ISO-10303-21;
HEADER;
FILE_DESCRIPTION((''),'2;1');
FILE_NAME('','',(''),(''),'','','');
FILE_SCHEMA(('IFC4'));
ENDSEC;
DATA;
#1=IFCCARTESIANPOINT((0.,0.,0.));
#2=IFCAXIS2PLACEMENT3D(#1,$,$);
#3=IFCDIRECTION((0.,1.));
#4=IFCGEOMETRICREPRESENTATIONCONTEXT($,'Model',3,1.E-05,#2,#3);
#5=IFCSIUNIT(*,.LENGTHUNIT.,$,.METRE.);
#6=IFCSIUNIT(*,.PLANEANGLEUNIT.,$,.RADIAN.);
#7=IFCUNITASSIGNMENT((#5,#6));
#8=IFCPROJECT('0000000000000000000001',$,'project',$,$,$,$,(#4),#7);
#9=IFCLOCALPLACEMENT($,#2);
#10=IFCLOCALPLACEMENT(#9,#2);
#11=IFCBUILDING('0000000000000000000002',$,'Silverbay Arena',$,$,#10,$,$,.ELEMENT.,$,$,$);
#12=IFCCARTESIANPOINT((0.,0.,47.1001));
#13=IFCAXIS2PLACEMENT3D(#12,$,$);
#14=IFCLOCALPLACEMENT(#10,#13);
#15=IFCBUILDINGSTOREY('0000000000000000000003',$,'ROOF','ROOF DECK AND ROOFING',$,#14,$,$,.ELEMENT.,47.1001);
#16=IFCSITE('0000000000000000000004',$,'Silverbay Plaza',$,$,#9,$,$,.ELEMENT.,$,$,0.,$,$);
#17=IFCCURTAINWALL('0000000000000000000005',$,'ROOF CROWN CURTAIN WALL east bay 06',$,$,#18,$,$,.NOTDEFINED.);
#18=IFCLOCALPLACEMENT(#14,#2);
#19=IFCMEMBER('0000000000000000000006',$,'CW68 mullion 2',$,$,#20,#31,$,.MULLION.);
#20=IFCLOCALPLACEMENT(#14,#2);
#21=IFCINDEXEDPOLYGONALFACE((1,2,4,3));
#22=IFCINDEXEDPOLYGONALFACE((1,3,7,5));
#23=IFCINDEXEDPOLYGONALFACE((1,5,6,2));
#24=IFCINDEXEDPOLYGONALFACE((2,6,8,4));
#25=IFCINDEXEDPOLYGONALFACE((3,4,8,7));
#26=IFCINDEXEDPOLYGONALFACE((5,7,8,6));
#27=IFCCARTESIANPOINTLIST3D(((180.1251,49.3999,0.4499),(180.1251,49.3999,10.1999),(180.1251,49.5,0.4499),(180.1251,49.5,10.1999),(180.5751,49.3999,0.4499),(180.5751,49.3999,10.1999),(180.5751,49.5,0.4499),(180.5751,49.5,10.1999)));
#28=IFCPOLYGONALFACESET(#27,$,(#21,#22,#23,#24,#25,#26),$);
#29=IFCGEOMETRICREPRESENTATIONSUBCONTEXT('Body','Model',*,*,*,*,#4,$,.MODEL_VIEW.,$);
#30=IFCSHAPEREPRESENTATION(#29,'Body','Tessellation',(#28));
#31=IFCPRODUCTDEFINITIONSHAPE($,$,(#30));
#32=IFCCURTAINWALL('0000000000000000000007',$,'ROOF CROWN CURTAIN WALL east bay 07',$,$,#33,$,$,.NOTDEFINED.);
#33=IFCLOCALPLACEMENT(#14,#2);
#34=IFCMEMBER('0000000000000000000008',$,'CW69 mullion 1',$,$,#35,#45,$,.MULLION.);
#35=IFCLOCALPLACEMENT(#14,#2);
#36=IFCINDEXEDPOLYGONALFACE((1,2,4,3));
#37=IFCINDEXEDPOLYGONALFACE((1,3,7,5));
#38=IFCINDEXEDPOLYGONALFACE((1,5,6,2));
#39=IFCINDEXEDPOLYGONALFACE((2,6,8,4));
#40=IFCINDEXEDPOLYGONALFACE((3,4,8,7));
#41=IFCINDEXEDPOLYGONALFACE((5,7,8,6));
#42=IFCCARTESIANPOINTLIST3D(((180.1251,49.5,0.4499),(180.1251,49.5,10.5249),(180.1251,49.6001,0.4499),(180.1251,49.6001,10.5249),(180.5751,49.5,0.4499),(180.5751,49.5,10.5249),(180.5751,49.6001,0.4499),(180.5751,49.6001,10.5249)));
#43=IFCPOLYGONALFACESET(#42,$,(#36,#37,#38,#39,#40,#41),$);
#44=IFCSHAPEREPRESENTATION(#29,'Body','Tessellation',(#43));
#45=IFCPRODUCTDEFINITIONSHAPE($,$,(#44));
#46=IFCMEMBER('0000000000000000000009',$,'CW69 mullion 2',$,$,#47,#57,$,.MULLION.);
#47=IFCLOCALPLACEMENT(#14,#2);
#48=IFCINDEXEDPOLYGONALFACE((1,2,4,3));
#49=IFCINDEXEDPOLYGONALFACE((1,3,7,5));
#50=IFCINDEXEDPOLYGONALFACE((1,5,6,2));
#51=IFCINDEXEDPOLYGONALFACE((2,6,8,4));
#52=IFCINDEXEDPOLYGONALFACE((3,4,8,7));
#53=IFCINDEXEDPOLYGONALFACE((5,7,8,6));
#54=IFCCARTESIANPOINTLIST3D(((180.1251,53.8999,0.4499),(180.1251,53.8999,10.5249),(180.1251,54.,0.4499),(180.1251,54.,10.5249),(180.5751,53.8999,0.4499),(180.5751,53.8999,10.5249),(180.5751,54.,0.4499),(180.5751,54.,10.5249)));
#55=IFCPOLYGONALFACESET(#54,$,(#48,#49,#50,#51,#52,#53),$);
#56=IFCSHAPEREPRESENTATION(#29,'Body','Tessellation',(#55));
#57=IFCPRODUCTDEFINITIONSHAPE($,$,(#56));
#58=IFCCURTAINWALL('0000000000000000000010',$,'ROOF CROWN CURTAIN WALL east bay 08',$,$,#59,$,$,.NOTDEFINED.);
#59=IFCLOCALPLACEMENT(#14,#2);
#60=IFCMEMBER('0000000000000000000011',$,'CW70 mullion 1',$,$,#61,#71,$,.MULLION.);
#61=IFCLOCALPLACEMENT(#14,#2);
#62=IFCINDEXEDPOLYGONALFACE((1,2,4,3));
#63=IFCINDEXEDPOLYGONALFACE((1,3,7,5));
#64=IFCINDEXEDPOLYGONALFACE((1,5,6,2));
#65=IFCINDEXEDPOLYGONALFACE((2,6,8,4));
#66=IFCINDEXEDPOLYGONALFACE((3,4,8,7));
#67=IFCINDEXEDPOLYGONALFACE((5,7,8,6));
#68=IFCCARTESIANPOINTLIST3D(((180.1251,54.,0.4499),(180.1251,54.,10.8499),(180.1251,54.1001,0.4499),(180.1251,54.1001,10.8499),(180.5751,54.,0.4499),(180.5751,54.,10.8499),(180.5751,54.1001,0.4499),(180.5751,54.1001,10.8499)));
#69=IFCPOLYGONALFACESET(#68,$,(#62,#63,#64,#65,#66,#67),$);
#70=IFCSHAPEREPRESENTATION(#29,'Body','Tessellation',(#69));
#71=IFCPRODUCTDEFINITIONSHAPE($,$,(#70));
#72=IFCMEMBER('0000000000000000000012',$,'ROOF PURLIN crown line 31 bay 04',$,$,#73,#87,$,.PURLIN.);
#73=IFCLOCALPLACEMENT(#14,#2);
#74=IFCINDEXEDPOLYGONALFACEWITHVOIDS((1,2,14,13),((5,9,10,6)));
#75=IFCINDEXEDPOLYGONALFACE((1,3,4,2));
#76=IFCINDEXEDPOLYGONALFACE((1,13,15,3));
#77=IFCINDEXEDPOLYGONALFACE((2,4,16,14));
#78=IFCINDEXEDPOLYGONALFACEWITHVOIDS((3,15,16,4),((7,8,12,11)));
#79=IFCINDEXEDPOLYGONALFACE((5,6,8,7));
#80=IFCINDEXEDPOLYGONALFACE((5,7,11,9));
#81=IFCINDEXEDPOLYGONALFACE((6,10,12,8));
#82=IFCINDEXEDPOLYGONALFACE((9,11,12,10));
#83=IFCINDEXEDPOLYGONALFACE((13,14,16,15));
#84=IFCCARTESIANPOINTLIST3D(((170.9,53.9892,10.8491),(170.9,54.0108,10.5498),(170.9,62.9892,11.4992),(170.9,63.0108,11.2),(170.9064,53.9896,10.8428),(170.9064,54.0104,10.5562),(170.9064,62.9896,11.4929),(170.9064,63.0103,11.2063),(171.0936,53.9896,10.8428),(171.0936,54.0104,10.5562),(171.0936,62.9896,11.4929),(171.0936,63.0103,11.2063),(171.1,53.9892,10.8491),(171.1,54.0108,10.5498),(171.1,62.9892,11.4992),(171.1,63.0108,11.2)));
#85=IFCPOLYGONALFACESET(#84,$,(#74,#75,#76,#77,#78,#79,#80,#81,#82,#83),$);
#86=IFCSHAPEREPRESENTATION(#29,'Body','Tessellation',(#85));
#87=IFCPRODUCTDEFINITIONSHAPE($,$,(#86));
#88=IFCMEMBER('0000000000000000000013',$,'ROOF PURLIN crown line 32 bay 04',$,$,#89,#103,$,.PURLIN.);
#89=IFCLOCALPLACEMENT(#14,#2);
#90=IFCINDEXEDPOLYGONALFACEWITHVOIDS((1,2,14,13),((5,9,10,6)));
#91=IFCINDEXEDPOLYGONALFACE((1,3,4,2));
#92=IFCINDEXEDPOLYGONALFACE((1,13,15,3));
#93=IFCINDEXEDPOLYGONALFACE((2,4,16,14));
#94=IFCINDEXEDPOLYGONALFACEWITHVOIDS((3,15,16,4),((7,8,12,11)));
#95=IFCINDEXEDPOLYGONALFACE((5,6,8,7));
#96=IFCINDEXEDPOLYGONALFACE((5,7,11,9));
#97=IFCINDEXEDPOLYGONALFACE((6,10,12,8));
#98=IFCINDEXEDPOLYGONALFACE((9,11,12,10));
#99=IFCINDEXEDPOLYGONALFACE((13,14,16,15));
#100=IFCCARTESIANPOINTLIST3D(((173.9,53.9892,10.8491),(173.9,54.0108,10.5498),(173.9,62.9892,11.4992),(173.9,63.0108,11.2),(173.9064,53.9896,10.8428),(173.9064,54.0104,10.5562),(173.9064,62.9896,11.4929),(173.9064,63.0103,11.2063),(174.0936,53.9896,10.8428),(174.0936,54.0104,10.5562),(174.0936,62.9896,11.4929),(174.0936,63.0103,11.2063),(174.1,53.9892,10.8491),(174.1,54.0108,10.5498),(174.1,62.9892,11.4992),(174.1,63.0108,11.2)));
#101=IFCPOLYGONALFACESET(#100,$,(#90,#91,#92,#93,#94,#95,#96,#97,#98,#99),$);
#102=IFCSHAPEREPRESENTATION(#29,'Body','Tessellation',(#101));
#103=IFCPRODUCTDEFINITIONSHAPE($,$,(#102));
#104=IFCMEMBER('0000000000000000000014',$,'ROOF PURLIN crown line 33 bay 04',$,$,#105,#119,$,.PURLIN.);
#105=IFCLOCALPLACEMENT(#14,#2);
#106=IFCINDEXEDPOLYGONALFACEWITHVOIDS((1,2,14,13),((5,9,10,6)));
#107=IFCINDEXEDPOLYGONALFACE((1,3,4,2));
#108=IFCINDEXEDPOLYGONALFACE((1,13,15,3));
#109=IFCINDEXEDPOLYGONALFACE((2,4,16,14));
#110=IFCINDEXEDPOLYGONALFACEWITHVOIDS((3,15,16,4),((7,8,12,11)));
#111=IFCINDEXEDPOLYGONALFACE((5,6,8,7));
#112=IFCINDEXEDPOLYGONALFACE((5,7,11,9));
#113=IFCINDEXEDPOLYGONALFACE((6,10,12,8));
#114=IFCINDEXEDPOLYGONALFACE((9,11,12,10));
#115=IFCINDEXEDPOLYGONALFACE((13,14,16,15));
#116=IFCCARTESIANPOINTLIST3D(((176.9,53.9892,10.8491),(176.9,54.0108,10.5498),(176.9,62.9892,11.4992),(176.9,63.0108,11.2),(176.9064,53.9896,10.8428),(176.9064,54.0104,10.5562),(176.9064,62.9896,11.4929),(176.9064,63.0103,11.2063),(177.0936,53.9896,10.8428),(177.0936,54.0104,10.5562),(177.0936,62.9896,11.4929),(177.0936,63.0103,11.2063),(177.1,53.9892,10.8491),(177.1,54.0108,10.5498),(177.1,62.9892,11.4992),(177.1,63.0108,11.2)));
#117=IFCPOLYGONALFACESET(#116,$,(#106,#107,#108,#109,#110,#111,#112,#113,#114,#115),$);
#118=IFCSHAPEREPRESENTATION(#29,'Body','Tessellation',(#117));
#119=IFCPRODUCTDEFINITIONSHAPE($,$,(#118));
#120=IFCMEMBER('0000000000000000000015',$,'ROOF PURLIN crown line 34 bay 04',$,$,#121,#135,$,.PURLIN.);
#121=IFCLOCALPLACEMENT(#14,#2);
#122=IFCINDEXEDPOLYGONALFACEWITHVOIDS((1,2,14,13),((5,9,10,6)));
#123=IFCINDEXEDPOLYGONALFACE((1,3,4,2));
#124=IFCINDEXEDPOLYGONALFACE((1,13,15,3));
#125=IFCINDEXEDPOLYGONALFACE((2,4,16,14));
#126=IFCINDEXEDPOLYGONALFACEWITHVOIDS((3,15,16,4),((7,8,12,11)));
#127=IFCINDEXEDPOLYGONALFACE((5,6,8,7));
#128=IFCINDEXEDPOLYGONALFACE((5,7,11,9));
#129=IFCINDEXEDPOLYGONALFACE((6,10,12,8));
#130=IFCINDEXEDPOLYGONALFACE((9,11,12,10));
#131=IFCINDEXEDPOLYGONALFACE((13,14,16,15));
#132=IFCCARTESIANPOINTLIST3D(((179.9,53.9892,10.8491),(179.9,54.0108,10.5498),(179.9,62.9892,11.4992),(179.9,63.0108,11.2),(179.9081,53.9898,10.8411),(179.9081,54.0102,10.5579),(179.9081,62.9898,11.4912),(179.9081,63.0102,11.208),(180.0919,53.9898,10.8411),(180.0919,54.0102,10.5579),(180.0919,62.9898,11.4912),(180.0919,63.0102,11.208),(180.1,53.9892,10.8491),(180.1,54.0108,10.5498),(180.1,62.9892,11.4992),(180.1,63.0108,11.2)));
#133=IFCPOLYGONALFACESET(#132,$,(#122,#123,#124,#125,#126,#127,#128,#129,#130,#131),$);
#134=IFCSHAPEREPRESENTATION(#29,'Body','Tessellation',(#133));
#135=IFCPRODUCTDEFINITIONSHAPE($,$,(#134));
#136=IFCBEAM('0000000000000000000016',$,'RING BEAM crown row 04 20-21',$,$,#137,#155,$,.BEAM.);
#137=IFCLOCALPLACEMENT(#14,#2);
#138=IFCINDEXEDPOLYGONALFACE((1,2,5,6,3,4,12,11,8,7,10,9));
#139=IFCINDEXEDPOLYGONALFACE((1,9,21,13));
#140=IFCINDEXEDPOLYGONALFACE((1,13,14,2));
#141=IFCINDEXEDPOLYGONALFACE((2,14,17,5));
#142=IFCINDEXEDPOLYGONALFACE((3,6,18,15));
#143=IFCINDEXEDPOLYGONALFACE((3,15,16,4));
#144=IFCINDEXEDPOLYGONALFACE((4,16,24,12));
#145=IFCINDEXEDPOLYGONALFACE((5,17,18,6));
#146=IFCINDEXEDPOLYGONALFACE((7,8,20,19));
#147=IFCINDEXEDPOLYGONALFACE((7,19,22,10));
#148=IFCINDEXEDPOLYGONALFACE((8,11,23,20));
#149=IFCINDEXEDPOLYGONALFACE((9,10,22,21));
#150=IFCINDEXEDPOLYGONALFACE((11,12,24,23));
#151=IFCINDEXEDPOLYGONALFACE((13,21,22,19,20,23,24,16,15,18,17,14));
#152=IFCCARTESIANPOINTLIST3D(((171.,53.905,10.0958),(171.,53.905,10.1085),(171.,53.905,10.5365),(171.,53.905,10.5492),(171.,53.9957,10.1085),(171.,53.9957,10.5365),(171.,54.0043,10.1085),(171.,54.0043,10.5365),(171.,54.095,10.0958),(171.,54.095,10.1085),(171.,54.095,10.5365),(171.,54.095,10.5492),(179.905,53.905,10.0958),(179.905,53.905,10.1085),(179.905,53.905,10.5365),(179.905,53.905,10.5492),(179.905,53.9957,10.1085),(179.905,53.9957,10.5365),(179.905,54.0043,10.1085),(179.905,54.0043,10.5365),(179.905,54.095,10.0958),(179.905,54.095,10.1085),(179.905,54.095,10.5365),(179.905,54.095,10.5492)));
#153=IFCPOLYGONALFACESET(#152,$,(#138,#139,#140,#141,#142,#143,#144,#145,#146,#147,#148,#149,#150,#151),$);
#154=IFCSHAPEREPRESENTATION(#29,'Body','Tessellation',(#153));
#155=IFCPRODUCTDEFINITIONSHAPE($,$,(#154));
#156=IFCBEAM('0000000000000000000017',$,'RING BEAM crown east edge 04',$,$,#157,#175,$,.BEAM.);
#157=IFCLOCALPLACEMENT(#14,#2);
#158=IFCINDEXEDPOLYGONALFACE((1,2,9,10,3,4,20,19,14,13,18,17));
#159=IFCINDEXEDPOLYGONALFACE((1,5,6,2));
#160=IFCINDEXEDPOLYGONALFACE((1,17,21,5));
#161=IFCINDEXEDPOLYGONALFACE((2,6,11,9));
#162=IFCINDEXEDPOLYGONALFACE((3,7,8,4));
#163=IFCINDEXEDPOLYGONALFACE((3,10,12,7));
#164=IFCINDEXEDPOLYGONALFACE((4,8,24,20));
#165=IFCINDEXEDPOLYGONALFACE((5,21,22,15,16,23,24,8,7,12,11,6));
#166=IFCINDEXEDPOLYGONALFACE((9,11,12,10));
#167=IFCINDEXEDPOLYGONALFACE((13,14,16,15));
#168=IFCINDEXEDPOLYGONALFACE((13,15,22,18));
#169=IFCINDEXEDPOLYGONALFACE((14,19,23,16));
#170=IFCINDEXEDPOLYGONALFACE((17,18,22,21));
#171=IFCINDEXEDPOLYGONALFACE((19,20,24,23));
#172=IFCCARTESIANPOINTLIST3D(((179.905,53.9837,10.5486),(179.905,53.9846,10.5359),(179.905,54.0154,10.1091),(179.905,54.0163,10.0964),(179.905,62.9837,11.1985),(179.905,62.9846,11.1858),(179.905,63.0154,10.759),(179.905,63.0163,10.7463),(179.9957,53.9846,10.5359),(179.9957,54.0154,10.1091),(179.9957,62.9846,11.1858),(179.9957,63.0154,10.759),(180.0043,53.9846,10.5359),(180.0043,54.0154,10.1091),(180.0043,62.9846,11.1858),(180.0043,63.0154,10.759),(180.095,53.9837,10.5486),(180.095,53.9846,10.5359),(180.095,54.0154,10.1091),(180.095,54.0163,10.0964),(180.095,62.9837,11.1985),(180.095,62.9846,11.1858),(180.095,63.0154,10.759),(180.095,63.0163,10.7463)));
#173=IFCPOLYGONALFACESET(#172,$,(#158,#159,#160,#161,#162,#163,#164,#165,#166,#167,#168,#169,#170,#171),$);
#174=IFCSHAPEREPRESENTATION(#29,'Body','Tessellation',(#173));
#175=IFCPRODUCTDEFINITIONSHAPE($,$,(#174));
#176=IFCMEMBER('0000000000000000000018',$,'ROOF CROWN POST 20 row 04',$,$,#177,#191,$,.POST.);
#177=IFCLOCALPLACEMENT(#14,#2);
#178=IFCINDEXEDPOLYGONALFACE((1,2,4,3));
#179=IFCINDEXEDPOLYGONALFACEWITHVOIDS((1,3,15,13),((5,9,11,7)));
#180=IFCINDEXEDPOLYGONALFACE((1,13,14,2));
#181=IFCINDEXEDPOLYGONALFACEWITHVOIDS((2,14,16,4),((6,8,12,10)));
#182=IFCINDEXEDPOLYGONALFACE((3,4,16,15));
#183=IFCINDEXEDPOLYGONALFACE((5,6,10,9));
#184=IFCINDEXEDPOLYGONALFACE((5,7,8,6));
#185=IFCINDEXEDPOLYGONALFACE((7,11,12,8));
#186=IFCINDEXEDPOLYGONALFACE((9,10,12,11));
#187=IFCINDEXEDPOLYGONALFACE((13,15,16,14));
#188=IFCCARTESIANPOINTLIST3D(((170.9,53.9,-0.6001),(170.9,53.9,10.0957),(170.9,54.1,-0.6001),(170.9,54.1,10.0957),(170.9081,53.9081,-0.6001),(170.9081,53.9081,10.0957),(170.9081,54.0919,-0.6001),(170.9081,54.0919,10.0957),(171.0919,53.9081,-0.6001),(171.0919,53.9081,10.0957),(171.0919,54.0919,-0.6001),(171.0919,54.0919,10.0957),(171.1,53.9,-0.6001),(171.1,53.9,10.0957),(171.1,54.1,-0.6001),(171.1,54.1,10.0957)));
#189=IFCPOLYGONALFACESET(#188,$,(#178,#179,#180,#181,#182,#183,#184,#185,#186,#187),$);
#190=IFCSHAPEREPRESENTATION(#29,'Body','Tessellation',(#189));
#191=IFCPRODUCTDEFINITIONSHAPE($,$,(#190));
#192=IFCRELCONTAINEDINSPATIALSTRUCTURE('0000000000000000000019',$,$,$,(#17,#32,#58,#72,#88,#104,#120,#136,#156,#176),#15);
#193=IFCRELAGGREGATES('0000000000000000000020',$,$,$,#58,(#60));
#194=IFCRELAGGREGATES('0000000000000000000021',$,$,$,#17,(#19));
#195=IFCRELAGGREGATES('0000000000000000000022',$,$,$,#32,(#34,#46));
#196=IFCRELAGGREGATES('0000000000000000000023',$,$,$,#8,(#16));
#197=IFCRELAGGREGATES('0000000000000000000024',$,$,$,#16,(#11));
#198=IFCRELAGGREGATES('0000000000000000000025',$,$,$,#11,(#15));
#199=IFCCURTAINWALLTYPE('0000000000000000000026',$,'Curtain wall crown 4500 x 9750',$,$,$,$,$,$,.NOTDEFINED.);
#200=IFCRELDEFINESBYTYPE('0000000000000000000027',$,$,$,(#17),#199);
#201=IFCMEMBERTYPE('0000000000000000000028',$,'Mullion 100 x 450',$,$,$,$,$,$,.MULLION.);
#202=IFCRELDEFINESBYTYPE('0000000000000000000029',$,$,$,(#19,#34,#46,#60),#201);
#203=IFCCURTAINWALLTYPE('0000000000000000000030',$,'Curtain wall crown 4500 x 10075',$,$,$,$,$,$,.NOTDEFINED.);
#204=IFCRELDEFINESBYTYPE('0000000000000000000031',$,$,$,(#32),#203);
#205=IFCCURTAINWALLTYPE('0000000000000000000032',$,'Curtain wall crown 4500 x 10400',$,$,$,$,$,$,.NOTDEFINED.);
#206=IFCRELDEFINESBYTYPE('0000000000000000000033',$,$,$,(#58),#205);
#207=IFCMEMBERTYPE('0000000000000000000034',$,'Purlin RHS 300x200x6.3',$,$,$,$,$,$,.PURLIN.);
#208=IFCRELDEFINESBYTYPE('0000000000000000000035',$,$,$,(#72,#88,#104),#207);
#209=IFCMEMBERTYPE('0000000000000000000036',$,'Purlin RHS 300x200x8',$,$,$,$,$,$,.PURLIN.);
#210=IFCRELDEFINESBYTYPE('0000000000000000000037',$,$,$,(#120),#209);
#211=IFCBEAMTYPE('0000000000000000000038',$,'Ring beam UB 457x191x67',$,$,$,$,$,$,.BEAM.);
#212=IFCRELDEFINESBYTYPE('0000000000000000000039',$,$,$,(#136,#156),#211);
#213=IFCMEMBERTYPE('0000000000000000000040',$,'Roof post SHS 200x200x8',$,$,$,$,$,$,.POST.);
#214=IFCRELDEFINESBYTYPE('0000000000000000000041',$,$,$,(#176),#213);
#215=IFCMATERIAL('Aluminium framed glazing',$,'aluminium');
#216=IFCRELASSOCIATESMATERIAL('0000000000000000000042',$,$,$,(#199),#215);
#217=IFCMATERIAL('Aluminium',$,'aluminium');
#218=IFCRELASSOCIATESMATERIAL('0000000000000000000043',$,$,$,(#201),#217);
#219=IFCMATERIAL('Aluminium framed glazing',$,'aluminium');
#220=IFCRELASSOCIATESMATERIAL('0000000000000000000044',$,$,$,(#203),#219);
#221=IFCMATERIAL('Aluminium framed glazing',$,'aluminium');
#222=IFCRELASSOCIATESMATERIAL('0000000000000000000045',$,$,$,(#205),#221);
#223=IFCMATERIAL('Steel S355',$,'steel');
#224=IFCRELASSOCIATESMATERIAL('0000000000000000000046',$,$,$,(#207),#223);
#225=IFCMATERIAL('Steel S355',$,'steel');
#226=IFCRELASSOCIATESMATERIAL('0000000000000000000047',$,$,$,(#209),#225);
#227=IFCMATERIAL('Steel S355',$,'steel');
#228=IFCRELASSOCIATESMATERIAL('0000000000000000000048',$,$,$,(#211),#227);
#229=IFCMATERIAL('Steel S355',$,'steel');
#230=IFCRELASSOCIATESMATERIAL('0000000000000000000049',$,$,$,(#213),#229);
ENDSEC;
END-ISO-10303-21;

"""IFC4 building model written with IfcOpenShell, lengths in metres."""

from ifc_helpers import new_model, si_unit, direction, frame, origin, origin_2d, place, context, subcontext, project, spatial, rectangle, hollow_rectangle, i_section, extrude, material, material_profile, profile_set, type_object, element, aggregate, save


model = new_model("IFC4")

# Units and contexts
model_context = context("Model", 3, precision=1e-05, world=origin(), true_north=direction((0.0, 1.0)))
body_context = subcontext(model_context, "Body", "Model", "MODEL_VIEW")
ifc_project = project(units=[si_unit("LENGTHUNIT", "METRE"), si_unit("PLANEANGLEUNIT", "RADIAN")], contexts=[model_context])

# Site, building, storey
site_placement = place(None, origin())
site = spatial("IfcSite", under=ifc_project, at=site_placement, Name="Silverbay Plaza", CompositionType="ELEMENT", RefElevation=0.0)
building_placement = place(site_placement, origin())
building = spatial("IfcBuilding", under=site, at=building_placement, Name="Silverbay Arena", CompositionType="ELEMENT")
storey_placement = place(building_placement, frame((0.0, 0.0, 47.1001)))
storey = spatial("IfcBuildingStorey", under=building, at=storey_placement, Name="ROOF", Description="ROOF DECK AND ROOFING", CompositionType="ELEMENT", Elevation=47.1001)

# Curtain wall, member
ifc_material_1 = material(Name="Aluminium framed glazing", Category="aluminium")
curtain_wall_type_1 = type_object("IfcCurtainWallType", Name="Curtain wall crown 4500 x 9750", PredefinedType="NOTDEFINED", material=ifc_material_1)
curtain_wall_1_placement = place(storey_placement, origin())
curtain_wall_1 = element("IfcCurtainWall", 1, at=curtain_wall_1_placement, inside=storey, type_object=curtain_wall_type_1, Name="ROOF CROWN CURTAIN WALL east bay 06", PredefinedType="NOTDEFINED")
ifc_material_2 = material(Name="Aluminium", Category="aluminium")
ifc_material_profile_1 = material_profile(ifc_material_2, rectangle(XDim=0.45, YDim=0.1001, at=origin_2d()), Name="Mullion 100 x 450")
ifc_profile_set_1 = profile_set([ifc_material_profile_1], Name="Aluminium")
member_type_1 = type_object("IfcMemberType", Name="Mullion 100 x 450", PredefinedType="MULLION", material=ifc_profile_set_1)
placement = place(building_placement, frame((0.0, 0.0, 33.5)))
member_1_placement = place(placement, frame((180.3501, 49.45, 14.05), z_axis=(0.0, 0.0, 1.0), x_axis=(-1.0, 0.0, 0.0)))
member_1 = element("IfcMember", 2, at=member_1_placement, type_object=member_type_1, Name="CW68 mullion 2", PredefinedType="MULLION", context=body_context, shape_type="SweptSolid", body=[
    extrude(rectangle(XDim=0.45, YDim=0.1001, at=origin_2d()), origin(), (0.0, 0.0, 1.0), 9.75),
])

# Curtain wall, members
ifc_material_3 = material(Name="Aluminium framed glazing", Category="aluminium")
curtain_wall_type_2 = type_object("IfcCurtainWallType", Name="Curtain wall crown 4500 x 10075", PredefinedType="NOTDEFINED", material=ifc_material_3)
curtain_wall_2_placement = place(storey_placement, origin())
curtain_wall_2 = element("IfcCurtainWall", 3, at=curtain_wall_2_placement, inside=storey, type_object=curtain_wall_type_2, Name="ROOF CROWN CURTAIN WALL east bay 07", PredefinedType="NOTDEFINED")
member_2_placement = place(placement, frame((180.3501, 49.55, 14.05), z_axis=(0.0, 0.0, 1.0), x_axis=(-1.0, 0.0, 0.0)))
member_2 = element("IfcMember", 4, at=member_2_placement, type_object=member_type_1, Name="CW69 mullion 1", PredefinedType="MULLION", context=body_context, shape_type="SweptSolid", body=[
    extrude(rectangle(XDim=0.45, YDim=0.1001, at=origin_2d()), origin(), (0.0, 0.0, 1.0), 10.075),
])
member_3_placement = place(placement, frame((180.3501, 53.95, 14.05), z_axis=(0.0, 0.0, 1.0), x_axis=(-1.0, 0.0, 0.0)))
member_3 = element("IfcMember", 5, at=member_3_placement, type_object=member_type_1, Name="CW69 mullion 2", PredefinedType="MULLION", context=body_context, shape_type="SweptSolid", body=[
    extrude(rectangle(XDim=0.45, YDim=0.1001, at=origin_2d()), origin(), (0.0, 0.0, 1.0), 10.075),
])

# Curtain wall, member
ifc_material_4 = material(Name="Aluminium framed glazing", Category="aluminium")
curtain_wall_type_3 = type_object("IfcCurtainWallType", Name="Curtain wall crown 4500 x 10400", PredefinedType="NOTDEFINED", material=ifc_material_4)
curtain_wall_3_placement = place(storey_placement, origin())
curtain_wall_3 = element("IfcCurtainWall", 6, at=curtain_wall_3_placement, inside=storey, type_object=curtain_wall_type_3, Name="ROOF CROWN CURTAIN WALL east bay 08", PredefinedType="NOTDEFINED")
member_4_placement = place(placement, frame((180.3501, 54.05, 14.05), z_axis=(0.0, 0.0, 1.0), x_axis=(-1.0, 0.0, 0.0)))
member_4 = element("IfcMember", 7, at=member_4_placement, type_object=member_type_1, Name="CW70 mullion 1", PredefinedType="MULLION", context=body_context, shape_type="SweptSolid", body=[
    extrude(rectangle(XDim=0.45, YDim=0.1001, at=origin_2d()), origin(), (0.0, 0.0, 1.0), 10.3999),
])

# Members
ifc_material_5 = material(Name="Steel S355", Category="steel")
ifc_material_profile_2 = material_profile(ifc_material_5, hollow_rectangle(XDim=0.2, YDim=0.3, WallThickness=0.0063, at=origin_2d()), Name="RHS 300x200x6.3")
ifc_profile_set_2 = profile_set([ifc_material_profile_2], Name="Steel S355")
member_type_2 = type_object("IfcMemberType", Name="Purlin RHS 300x200x6.3", PredefinedType="PURLIN", material=ifc_profile_set_2)
for number, where, z_axis, x_axis, name in (
    (8, (171.0, 54.0, 10.6995), (0.0, 0.997401, 0.072051), (-1.0, 0.0, 0.0), "ROOF PURLIN crown line 31 bay 04"),
    (9, (174.0, 54.0, 10.6995), (0.0, 0.997401, 0.072051), (-1.0, 0.0, 0.0), "ROOF PURLIN crown line 32 bay 04"),
    (10, (177.0, 54.0, 10.6995), (0.0, 0.997401, 0.072051), (-1.0, 0.0, 0.0), "ROOF PURLIN crown line 33 bay 04"),
):
    element("IfcMember", number, at=place(storey_placement, frame(where, z_axis=z_axis, x_axis=x_axis)), inside=storey, type_object=member_type_2, Name=name, PredefinedType="PURLIN", context=body_context, shape_type="SweptSolid", body=[
        extrude(hollow_rectangle(XDim=0.2, YDim=0.3, WallThickness=0.0063, at=origin_2d()), origin(), (0.0, 0.0, 1.0), 9.0234),
    ])
ifc_material_6 = material(Name="Steel S355", Category="steel")
ifc_material_profile_3 = material_profile(ifc_material_6, hollow_rectangle(XDim=0.2, YDim=0.3, WallThickness=0.0081, at=origin_2d()), Name="RHS 300x200x8")
ifc_profile_set_3 = profile_set([ifc_material_profile_3], Name="Steel S355")
member_type_3 = type_object("IfcMemberType", Name="Purlin RHS 300x200x8", PredefinedType="PURLIN", material=ifc_profile_set_3)
member_5_placement = place(storey_placement, frame((180.0, 54.0, 10.6995), z_axis=(0.0, 0.997401, 0.072051), x_axis=(-1.0, 0.0, 0.0)))
element("IfcMember", 11, at=member_5_placement, inside=storey, type_object=member_type_3, Name="ROOF PURLIN crown line 34 bay 04", PredefinedType="PURLIN", context=body_context, shape_type="SweptSolid", body=[
    extrude(hollow_rectangle(XDim=0.2, YDim=0.3, WallThickness=0.0081, at=origin_2d()), origin(), (0.0, 0.0, 1.0), 9.0234),
])

# Beams
ifc_material_7 = material(Name="Steel S355", Category="steel")
ifc_material_profile_4 = material_profile(ifc_material_7, i_section(OverallWidth=0.1899, OverallDepth=0.4534, WebThickness=0.0085, FlangeThickness=0.0127, at=origin_2d()), Name="UB 457x191x67")
ifc_profile_set_4 = profile_set([ifc_material_profile_4], Name="Steel S355")
beam_type = type_object("IfcBeamType", Name="Ring beam UB 457x191x67", PredefinedType="BEAM", material=ifc_profile_set_4)
beam_1_placement = place(storey_placement, frame((171.0, 54.0, 10.3225), z_axis=(1.0, 0.0, 0.0), x_axis=(0.0, 1.0, 0.0)))
element("IfcBeam", 12, at=beam_1_placement, inside=storey, type_object=beam_type, Name="RING BEAM crown row 04 20-21", PredefinedType="BEAM", context=body_context, shape_type="SweptSolid", body=[
    extrude(i_section(OverallWidth=0.1899, OverallDepth=0.4534, WebThickness=0.0085, FlangeThickness=0.0127, at=origin_2d()), origin(), (0.0, 0.0, 1.0), 8.905),
])
beam_2_placement = place(storey_placement, frame((180.0, 54.0, 10.3225), z_axis=(0.0, 0.997403, 0.072024), x_axis=(-1.0, 0.0, 0.0)))
element("IfcBeam", 13, at=beam_2_placement, inside=storey, type_object=beam_type, Name="RING BEAM crown east edge 04", PredefinedType="BEAM", context=body_context, shape_type="SweptSolid", body=[
    extrude(i_section(OverallWidth=0.1899, OverallDepth=0.4534, WebThickness=0.0085, FlangeThickness=0.0127, at=origin_2d()), origin(), (0.0, 0.0, 1.0), 9.0234),
])

# Member
ifc_material_8 = material(Name="Steel S355", Category="steel")
ifc_material_profile_5 = material_profile(ifc_material_8, hollow_rectangle(XDim=0.2, YDim=0.2, WallThickness=0.0081, at=origin_2d()), Name="SHS 200x200x8")
ifc_profile_set_5 = profile_set([ifc_material_profile_5], Name="Steel S355")
member_type_4 = type_object("IfcMemberType", Name="Roof post SHS 200x200x8", PredefinedType="POST", material=ifc_profile_set_5)
member_6_placement = place(storey_placement, frame((171.0, 54.0, -0.6001), z_axis=(0.0, 0.0, 1.0), x_axis=(1.0, 0.0, 0.0)))
element("IfcMember", 14, at=member_6_placement, inside=storey, type_object=member_type_4, Name="ROOF CROWN POST 20 row 04", PredefinedType="POST", context=body_context, shape_type="SweptSolid", body=[
    extrude(hollow_rectangle(XDim=0.2, YDim=0.2, WallThickness=0.0081, at=origin_2d()), origin(), (0.0, 0.0, 1.0), 10.6958),
])

aggregate(curtain_wall_3, [member_4])

aggregate(curtain_wall_1, [member_1])
aggregate(curtain_wall_2, [member_2, member_3])

save(model, "model.ifc")
